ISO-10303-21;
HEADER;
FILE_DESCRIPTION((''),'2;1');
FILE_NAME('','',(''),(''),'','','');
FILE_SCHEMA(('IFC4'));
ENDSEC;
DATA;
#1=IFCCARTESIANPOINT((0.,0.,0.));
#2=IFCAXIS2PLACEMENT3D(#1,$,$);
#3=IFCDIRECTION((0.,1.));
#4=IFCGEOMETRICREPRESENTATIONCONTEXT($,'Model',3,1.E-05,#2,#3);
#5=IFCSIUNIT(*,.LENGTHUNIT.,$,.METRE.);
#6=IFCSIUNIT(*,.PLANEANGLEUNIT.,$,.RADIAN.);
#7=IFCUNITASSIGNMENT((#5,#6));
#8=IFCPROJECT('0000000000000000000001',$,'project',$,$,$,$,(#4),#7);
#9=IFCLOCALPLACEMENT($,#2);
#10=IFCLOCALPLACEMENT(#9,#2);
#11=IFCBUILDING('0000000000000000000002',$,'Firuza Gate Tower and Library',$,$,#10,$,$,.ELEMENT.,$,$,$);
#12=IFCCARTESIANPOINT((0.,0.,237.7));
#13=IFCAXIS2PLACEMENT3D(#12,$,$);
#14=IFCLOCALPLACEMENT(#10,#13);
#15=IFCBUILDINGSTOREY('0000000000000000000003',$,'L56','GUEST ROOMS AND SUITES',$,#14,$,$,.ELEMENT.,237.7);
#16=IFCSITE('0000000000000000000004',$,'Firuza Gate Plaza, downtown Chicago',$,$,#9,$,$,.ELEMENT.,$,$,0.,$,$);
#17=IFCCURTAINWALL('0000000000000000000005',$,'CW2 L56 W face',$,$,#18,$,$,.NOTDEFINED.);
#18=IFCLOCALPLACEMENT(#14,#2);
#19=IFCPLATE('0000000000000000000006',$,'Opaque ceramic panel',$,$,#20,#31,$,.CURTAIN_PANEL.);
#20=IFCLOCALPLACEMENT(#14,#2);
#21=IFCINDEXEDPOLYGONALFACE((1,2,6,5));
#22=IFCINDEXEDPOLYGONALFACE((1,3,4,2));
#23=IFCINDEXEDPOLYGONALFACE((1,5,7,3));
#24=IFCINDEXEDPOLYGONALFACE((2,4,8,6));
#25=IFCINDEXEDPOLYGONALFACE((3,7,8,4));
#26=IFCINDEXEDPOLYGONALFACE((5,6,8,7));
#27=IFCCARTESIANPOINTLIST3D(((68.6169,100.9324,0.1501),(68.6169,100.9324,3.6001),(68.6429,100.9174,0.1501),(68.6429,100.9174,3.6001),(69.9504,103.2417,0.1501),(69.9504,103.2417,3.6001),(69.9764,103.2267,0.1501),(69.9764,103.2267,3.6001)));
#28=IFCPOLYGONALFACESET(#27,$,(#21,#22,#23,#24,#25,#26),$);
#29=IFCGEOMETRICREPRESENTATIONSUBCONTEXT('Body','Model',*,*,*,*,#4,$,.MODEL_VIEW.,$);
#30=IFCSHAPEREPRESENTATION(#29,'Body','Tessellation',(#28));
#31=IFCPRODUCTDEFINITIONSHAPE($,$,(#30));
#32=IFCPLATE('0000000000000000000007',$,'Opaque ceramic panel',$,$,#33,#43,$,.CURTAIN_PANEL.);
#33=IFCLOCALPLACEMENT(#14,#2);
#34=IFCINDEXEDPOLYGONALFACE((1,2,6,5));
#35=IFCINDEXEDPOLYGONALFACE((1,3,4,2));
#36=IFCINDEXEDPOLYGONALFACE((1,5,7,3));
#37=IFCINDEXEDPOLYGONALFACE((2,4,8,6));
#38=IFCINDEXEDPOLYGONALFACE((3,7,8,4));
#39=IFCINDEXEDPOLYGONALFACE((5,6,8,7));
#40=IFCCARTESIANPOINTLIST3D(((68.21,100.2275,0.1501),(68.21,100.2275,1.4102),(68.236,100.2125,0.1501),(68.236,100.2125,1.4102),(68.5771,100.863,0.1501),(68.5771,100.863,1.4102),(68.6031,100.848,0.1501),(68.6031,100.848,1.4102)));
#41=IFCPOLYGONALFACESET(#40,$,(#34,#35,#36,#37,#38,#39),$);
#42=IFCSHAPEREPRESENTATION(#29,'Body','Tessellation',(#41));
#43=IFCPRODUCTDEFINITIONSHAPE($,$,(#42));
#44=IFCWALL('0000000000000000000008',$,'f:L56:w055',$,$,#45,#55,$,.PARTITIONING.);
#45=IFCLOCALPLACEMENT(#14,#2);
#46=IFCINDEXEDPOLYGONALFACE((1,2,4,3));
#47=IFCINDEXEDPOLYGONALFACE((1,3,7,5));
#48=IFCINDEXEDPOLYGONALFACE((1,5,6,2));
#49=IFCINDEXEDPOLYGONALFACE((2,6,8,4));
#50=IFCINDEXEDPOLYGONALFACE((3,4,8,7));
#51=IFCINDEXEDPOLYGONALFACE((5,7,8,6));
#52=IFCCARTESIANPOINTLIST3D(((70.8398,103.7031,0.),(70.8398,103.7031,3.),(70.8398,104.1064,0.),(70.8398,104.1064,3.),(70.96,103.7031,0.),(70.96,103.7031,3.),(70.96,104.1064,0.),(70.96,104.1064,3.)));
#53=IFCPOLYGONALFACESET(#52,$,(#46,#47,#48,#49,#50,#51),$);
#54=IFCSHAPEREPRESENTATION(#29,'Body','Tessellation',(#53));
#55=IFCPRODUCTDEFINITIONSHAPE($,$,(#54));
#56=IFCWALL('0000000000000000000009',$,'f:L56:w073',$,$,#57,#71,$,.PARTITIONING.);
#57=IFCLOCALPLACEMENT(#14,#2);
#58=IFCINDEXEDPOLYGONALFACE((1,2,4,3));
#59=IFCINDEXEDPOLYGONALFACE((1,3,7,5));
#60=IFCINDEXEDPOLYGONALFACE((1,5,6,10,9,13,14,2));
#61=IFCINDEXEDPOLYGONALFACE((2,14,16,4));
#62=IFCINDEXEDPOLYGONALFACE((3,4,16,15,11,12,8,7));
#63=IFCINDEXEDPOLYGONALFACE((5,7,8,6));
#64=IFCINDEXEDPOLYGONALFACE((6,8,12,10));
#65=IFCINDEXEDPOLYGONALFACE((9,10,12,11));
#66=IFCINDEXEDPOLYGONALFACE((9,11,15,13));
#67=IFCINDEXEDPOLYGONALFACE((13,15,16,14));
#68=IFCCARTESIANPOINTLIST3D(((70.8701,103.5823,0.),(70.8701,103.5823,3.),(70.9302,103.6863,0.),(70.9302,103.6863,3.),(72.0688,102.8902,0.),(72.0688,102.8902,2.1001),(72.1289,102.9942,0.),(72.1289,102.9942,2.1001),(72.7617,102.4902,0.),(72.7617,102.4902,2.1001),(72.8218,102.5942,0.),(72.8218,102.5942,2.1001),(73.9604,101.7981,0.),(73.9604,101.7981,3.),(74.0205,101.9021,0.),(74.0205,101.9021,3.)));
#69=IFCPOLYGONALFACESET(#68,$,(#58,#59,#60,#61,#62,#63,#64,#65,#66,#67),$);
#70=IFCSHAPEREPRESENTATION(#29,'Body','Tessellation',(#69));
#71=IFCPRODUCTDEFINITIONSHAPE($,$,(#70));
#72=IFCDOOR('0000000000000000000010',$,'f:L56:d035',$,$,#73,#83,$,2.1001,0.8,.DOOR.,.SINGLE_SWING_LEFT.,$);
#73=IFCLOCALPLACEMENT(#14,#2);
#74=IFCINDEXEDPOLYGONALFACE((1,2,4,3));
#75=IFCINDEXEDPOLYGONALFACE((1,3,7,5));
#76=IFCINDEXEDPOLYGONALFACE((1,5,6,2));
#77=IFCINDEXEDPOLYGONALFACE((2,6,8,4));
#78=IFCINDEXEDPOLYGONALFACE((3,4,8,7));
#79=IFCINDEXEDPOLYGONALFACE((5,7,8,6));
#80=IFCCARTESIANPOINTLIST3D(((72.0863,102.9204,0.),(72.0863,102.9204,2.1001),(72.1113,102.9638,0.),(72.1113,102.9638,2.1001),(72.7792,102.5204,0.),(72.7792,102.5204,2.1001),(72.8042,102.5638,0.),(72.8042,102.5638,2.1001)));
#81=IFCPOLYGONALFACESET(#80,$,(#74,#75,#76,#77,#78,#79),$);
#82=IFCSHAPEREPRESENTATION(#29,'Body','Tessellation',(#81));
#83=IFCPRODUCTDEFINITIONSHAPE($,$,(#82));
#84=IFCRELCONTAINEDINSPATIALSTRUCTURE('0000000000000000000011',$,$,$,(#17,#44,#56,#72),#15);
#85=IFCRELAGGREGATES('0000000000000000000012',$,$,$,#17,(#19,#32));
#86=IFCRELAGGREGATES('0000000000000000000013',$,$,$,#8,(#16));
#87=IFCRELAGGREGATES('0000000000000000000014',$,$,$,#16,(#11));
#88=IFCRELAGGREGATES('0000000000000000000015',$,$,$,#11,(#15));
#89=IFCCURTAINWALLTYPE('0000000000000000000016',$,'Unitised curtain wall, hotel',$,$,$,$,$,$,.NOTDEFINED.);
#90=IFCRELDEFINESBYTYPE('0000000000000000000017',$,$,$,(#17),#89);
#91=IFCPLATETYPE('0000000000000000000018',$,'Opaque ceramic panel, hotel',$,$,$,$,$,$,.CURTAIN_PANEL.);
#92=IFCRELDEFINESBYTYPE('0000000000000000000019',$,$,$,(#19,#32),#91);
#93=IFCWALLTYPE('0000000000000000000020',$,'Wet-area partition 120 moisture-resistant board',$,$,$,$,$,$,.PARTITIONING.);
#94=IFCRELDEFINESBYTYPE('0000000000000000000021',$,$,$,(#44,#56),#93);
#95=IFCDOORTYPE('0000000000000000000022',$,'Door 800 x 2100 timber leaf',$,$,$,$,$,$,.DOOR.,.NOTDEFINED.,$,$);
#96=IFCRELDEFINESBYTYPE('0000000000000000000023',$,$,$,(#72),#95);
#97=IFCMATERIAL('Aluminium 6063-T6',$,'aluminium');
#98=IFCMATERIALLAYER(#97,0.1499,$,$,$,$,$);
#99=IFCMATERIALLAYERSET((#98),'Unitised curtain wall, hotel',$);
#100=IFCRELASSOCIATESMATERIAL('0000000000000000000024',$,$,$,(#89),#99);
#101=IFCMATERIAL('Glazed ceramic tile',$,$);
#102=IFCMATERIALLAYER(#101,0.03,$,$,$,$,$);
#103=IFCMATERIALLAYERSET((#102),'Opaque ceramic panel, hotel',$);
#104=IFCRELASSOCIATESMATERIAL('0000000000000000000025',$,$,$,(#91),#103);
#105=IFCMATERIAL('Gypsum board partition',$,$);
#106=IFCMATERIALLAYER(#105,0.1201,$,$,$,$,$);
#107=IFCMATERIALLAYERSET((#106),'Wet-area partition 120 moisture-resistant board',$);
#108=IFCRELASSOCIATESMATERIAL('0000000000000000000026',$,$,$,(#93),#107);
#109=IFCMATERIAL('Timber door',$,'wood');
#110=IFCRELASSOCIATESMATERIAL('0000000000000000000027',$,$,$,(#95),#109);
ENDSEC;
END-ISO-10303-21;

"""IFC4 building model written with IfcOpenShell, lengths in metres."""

from ifc_helpers import new_model, si_unit, direction, frame, frame_2d, origin, place, context, subcontext, project, spatial, polyline, rectangle, outline, extrude, material, layer, layer_set, type_object, element, fill, aggregate, save


model = new_model("IFC4")

# Units and contexts
model_context = context("Model", 3, precision=1e-05, world=origin(), true_north=direction((0.0, 1.0)))
body_context = subcontext(model_context, "Body", "Model", "MODEL_VIEW")
ifc_project = project(units=[si_unit("LENGTHUNIT", "METRE"), si_unit("PLANEANGLEUNIT", "RADIAN")], contexts=[model_context])

# Site, building, storey
site_placement = place(None, origin())
site = spatial("IfcSite", under=ifc_project, at=site_placement, Name="Firuza Gate Plaza, downtown Chicago", CompositionType="ELEMENT", RefElevation=0.0)
building_placement = place(site_placement, origin())
building = spatial("IfcBuilding", under=site, at=building_placement, Name="Firuza Gate Tower and Library", CompositionType="ELEMENT")
storey_placement = place(building_placement, frame((0.0, 0.0, 237.7)))
storey = spatial("IfcBuildingStorey", under=building, at=storey_placement, Name="L56", Description="GUEST ROOMS AND SUITES", CompositionType="ELEMENT", Elevation=237.7)

# Curtain wall
ifc_material_1 = material(Name="Aluminium 6063-T6", Category="aluminium")
ifc_layer_1 = layer(ifc_material_1, 0.1499)
ifc_layer_set_1 = layer_set([ifc_layer_1], Name="Unitised curtain wall, hotel")
curtain_wall_type = type_object("IfcCurtainWallType", Name="Unitised curtain wall, hotel", PredefinedType="NOTDEFINED", material=ifc_layer_set_1)
curtain_wall_placement = place(storey_placement, origin())
curtain_wall = element("IfcCurtainWall", 1, at=curtain_wall_placement, inside=storey, type_object=curtain_wall_type, Name="CW2 L56 W face", PredefinedType="NOTDEFINED")

# Plates
ifc_material_2 = material(Name="Glazed ceramic tile")
ifc_layer_2 = layer(ifc_material_2, 0.03)
ifc_layer_set_2 = layer_set([ifc_layer_2], Name="Opaque ceramic panel, hotel")
plate_type_1 = type_object("IfcPlateType", Name="Opaque ceramic panel, hotel", PredefinedType="CURTAIN_PANEL", material=ifc_layer_set_2)
plate_1_placement = place(storey_placement, frame((69.9504, 103.2417, 0.1501), z_axis=(-0.865992, 0.500058, 0.0), x_axis=(-0.500058, -0.865992, 0.0)))
plate_1 = element("IfcPlate", 2, at=plate_1_placement, type_object=plate_type_1, Name="Opaque ceramic panel", PredefinedType="CURTAIN_PANEL", context=body_context, shape_type="SweptSolid", body=[
    extrude(outline(polyline([(0.0, 0.0), (2.6667, 0.0), (2.6667, 3.45), (0.0, 3.45), (0.0, 0.0)])), origin(), (0.0, 0.0, -1.0), 0.03),
])
plate_2_placement = place(storey_placement, frame((68.5771, 100.863, 0.1501), z_axis=(-0.865859, 0.500289, 0.0), x_axis=(-0.500289, -0.865859, 0.0)))
plate_2 = element("IfcPlate", 3, at=plate_2_placement, type_object=plate_type_1, Name="Opaque ceramic panel", PredefinedType="CURTAIN_PANEL", context=body_context, shape_type="SweptSolid", body=[
    extrude(outline(polyline([(0.0, 0.0), (0.734, 0.0), (0.734, 1.26), (0.0, 1.26), (0.0, 0.0)])), origin(), (0.0, 0.0, -1.0), 0.03),
])
aggregate(curtain_wall, [plate_1, plate_2])

# Wall
ifc_material_3 = material(Name="Gypsum board partition")
ifc_layer_3 = layer(ifc_material_3, 0.1201)
ifc_layer_set_3 = layer_set([ifc_layer_3], Name="Wet-area partition 120 moisture-resistant board")
wall_type = type_object("IfcWallType", Name="Wet-area partition 120 moisture-resistant board", PredefinedType="PARTITIONING", material=ifc_layer_set_3)
wall_1_placement = place(storey_placement, frame((70.8999, 103.7031, 0.0), z_axis=(0.0, 0.0, 1.0), x_axis=(0.0, 1.0, 0.0)))
element("IfcWall", 4, at=wall_1_placement, inside=storey, type_object=wall_type, Name="f:L56:w055", PredefinedType="PARTITIONING", context=body_context, shape_type="SweptSolid", body=[
    extrude(rectangle(XDim=0.4033, YDim=0.1201, at=frame_2d((0.2017, 0.0))), origin(), (0.0, 0.0, 1.0), 3.0),
])

# Wall, opening, door
wall_2_placement = place(storey_placement, frame((70.9001, 103.6343, 0.0), z_axis=(0.0, 0.0, 1.0), x_axis=(0.866028, -0.499995, 0.0)))
wall_2 = element("IfcWall", 5, at=wall_2_placement, inside=storey, type_object=wall_type, Name="f:L56:w073", PredefinedType="PARTITIONING", context=body_context, shape_type="SweptSolid", body=[
    extrude(rectangle(XDim=3.5684, YDim=0.1201, at=frame_2d((1.7842, 0.0))), origin(), (0.0, 0.0, 1.0), 3.0),
])
opening_placement = place(wall_2_placement, frame((1.3843, 0.0, 0.0)))
opening = element("IfcOpeningElement", 6, at=opening_placement, cuts=wall_2, PredefinedType="OPENING", context=body_context, shape_type="SweptSolid", body=[
    extrude(rectangle(XDim=0.8, YDim=2.1001, at=frame_2d((0.3999, 1.05))), frame((0.0, 0.0701, 0.0), z_axis=(0.0, -1.0, 0.0), x_axis=(1.0, 0.0, 0.0)), (0.0, 0.0, 1.0), 0.1401),
])
ifc_material_4 = material(Name="Timber door", Category="wood")
door_type = type_object("IfcDoorType", Name="Door 800 x 2100 timber leaf", OperationType="NOTDEFINED", PredefinedType="DOOR", material=ifc_material_4)
door_placement = place(opening_placement, origin())
door = element("IfcDoor", 7, at=door_placement, inside=storey, type_object=door_type, Name="f:L56:d035", OperationType="SINGLE_SWING_LEFT", OverallHeight=2.1001, OverallWidth=0.8, PredefinedType="DOOR", context=body_context, shape_type="SweptSolid", body=[
    extrude(rectangle(XDim=0.8, YDim=2.1001, at=frame_2d((0.3999, 1.05))), frame((0.0, 0.0249, 0.0), z_axis=(0.0, -1.0, 0.0), x_axis=(1.0, 0.0, 0.0)), (0.0, 0.0, 1.0), 0.05),
])
fill(opening, door)

save(model, "model.ifc")
